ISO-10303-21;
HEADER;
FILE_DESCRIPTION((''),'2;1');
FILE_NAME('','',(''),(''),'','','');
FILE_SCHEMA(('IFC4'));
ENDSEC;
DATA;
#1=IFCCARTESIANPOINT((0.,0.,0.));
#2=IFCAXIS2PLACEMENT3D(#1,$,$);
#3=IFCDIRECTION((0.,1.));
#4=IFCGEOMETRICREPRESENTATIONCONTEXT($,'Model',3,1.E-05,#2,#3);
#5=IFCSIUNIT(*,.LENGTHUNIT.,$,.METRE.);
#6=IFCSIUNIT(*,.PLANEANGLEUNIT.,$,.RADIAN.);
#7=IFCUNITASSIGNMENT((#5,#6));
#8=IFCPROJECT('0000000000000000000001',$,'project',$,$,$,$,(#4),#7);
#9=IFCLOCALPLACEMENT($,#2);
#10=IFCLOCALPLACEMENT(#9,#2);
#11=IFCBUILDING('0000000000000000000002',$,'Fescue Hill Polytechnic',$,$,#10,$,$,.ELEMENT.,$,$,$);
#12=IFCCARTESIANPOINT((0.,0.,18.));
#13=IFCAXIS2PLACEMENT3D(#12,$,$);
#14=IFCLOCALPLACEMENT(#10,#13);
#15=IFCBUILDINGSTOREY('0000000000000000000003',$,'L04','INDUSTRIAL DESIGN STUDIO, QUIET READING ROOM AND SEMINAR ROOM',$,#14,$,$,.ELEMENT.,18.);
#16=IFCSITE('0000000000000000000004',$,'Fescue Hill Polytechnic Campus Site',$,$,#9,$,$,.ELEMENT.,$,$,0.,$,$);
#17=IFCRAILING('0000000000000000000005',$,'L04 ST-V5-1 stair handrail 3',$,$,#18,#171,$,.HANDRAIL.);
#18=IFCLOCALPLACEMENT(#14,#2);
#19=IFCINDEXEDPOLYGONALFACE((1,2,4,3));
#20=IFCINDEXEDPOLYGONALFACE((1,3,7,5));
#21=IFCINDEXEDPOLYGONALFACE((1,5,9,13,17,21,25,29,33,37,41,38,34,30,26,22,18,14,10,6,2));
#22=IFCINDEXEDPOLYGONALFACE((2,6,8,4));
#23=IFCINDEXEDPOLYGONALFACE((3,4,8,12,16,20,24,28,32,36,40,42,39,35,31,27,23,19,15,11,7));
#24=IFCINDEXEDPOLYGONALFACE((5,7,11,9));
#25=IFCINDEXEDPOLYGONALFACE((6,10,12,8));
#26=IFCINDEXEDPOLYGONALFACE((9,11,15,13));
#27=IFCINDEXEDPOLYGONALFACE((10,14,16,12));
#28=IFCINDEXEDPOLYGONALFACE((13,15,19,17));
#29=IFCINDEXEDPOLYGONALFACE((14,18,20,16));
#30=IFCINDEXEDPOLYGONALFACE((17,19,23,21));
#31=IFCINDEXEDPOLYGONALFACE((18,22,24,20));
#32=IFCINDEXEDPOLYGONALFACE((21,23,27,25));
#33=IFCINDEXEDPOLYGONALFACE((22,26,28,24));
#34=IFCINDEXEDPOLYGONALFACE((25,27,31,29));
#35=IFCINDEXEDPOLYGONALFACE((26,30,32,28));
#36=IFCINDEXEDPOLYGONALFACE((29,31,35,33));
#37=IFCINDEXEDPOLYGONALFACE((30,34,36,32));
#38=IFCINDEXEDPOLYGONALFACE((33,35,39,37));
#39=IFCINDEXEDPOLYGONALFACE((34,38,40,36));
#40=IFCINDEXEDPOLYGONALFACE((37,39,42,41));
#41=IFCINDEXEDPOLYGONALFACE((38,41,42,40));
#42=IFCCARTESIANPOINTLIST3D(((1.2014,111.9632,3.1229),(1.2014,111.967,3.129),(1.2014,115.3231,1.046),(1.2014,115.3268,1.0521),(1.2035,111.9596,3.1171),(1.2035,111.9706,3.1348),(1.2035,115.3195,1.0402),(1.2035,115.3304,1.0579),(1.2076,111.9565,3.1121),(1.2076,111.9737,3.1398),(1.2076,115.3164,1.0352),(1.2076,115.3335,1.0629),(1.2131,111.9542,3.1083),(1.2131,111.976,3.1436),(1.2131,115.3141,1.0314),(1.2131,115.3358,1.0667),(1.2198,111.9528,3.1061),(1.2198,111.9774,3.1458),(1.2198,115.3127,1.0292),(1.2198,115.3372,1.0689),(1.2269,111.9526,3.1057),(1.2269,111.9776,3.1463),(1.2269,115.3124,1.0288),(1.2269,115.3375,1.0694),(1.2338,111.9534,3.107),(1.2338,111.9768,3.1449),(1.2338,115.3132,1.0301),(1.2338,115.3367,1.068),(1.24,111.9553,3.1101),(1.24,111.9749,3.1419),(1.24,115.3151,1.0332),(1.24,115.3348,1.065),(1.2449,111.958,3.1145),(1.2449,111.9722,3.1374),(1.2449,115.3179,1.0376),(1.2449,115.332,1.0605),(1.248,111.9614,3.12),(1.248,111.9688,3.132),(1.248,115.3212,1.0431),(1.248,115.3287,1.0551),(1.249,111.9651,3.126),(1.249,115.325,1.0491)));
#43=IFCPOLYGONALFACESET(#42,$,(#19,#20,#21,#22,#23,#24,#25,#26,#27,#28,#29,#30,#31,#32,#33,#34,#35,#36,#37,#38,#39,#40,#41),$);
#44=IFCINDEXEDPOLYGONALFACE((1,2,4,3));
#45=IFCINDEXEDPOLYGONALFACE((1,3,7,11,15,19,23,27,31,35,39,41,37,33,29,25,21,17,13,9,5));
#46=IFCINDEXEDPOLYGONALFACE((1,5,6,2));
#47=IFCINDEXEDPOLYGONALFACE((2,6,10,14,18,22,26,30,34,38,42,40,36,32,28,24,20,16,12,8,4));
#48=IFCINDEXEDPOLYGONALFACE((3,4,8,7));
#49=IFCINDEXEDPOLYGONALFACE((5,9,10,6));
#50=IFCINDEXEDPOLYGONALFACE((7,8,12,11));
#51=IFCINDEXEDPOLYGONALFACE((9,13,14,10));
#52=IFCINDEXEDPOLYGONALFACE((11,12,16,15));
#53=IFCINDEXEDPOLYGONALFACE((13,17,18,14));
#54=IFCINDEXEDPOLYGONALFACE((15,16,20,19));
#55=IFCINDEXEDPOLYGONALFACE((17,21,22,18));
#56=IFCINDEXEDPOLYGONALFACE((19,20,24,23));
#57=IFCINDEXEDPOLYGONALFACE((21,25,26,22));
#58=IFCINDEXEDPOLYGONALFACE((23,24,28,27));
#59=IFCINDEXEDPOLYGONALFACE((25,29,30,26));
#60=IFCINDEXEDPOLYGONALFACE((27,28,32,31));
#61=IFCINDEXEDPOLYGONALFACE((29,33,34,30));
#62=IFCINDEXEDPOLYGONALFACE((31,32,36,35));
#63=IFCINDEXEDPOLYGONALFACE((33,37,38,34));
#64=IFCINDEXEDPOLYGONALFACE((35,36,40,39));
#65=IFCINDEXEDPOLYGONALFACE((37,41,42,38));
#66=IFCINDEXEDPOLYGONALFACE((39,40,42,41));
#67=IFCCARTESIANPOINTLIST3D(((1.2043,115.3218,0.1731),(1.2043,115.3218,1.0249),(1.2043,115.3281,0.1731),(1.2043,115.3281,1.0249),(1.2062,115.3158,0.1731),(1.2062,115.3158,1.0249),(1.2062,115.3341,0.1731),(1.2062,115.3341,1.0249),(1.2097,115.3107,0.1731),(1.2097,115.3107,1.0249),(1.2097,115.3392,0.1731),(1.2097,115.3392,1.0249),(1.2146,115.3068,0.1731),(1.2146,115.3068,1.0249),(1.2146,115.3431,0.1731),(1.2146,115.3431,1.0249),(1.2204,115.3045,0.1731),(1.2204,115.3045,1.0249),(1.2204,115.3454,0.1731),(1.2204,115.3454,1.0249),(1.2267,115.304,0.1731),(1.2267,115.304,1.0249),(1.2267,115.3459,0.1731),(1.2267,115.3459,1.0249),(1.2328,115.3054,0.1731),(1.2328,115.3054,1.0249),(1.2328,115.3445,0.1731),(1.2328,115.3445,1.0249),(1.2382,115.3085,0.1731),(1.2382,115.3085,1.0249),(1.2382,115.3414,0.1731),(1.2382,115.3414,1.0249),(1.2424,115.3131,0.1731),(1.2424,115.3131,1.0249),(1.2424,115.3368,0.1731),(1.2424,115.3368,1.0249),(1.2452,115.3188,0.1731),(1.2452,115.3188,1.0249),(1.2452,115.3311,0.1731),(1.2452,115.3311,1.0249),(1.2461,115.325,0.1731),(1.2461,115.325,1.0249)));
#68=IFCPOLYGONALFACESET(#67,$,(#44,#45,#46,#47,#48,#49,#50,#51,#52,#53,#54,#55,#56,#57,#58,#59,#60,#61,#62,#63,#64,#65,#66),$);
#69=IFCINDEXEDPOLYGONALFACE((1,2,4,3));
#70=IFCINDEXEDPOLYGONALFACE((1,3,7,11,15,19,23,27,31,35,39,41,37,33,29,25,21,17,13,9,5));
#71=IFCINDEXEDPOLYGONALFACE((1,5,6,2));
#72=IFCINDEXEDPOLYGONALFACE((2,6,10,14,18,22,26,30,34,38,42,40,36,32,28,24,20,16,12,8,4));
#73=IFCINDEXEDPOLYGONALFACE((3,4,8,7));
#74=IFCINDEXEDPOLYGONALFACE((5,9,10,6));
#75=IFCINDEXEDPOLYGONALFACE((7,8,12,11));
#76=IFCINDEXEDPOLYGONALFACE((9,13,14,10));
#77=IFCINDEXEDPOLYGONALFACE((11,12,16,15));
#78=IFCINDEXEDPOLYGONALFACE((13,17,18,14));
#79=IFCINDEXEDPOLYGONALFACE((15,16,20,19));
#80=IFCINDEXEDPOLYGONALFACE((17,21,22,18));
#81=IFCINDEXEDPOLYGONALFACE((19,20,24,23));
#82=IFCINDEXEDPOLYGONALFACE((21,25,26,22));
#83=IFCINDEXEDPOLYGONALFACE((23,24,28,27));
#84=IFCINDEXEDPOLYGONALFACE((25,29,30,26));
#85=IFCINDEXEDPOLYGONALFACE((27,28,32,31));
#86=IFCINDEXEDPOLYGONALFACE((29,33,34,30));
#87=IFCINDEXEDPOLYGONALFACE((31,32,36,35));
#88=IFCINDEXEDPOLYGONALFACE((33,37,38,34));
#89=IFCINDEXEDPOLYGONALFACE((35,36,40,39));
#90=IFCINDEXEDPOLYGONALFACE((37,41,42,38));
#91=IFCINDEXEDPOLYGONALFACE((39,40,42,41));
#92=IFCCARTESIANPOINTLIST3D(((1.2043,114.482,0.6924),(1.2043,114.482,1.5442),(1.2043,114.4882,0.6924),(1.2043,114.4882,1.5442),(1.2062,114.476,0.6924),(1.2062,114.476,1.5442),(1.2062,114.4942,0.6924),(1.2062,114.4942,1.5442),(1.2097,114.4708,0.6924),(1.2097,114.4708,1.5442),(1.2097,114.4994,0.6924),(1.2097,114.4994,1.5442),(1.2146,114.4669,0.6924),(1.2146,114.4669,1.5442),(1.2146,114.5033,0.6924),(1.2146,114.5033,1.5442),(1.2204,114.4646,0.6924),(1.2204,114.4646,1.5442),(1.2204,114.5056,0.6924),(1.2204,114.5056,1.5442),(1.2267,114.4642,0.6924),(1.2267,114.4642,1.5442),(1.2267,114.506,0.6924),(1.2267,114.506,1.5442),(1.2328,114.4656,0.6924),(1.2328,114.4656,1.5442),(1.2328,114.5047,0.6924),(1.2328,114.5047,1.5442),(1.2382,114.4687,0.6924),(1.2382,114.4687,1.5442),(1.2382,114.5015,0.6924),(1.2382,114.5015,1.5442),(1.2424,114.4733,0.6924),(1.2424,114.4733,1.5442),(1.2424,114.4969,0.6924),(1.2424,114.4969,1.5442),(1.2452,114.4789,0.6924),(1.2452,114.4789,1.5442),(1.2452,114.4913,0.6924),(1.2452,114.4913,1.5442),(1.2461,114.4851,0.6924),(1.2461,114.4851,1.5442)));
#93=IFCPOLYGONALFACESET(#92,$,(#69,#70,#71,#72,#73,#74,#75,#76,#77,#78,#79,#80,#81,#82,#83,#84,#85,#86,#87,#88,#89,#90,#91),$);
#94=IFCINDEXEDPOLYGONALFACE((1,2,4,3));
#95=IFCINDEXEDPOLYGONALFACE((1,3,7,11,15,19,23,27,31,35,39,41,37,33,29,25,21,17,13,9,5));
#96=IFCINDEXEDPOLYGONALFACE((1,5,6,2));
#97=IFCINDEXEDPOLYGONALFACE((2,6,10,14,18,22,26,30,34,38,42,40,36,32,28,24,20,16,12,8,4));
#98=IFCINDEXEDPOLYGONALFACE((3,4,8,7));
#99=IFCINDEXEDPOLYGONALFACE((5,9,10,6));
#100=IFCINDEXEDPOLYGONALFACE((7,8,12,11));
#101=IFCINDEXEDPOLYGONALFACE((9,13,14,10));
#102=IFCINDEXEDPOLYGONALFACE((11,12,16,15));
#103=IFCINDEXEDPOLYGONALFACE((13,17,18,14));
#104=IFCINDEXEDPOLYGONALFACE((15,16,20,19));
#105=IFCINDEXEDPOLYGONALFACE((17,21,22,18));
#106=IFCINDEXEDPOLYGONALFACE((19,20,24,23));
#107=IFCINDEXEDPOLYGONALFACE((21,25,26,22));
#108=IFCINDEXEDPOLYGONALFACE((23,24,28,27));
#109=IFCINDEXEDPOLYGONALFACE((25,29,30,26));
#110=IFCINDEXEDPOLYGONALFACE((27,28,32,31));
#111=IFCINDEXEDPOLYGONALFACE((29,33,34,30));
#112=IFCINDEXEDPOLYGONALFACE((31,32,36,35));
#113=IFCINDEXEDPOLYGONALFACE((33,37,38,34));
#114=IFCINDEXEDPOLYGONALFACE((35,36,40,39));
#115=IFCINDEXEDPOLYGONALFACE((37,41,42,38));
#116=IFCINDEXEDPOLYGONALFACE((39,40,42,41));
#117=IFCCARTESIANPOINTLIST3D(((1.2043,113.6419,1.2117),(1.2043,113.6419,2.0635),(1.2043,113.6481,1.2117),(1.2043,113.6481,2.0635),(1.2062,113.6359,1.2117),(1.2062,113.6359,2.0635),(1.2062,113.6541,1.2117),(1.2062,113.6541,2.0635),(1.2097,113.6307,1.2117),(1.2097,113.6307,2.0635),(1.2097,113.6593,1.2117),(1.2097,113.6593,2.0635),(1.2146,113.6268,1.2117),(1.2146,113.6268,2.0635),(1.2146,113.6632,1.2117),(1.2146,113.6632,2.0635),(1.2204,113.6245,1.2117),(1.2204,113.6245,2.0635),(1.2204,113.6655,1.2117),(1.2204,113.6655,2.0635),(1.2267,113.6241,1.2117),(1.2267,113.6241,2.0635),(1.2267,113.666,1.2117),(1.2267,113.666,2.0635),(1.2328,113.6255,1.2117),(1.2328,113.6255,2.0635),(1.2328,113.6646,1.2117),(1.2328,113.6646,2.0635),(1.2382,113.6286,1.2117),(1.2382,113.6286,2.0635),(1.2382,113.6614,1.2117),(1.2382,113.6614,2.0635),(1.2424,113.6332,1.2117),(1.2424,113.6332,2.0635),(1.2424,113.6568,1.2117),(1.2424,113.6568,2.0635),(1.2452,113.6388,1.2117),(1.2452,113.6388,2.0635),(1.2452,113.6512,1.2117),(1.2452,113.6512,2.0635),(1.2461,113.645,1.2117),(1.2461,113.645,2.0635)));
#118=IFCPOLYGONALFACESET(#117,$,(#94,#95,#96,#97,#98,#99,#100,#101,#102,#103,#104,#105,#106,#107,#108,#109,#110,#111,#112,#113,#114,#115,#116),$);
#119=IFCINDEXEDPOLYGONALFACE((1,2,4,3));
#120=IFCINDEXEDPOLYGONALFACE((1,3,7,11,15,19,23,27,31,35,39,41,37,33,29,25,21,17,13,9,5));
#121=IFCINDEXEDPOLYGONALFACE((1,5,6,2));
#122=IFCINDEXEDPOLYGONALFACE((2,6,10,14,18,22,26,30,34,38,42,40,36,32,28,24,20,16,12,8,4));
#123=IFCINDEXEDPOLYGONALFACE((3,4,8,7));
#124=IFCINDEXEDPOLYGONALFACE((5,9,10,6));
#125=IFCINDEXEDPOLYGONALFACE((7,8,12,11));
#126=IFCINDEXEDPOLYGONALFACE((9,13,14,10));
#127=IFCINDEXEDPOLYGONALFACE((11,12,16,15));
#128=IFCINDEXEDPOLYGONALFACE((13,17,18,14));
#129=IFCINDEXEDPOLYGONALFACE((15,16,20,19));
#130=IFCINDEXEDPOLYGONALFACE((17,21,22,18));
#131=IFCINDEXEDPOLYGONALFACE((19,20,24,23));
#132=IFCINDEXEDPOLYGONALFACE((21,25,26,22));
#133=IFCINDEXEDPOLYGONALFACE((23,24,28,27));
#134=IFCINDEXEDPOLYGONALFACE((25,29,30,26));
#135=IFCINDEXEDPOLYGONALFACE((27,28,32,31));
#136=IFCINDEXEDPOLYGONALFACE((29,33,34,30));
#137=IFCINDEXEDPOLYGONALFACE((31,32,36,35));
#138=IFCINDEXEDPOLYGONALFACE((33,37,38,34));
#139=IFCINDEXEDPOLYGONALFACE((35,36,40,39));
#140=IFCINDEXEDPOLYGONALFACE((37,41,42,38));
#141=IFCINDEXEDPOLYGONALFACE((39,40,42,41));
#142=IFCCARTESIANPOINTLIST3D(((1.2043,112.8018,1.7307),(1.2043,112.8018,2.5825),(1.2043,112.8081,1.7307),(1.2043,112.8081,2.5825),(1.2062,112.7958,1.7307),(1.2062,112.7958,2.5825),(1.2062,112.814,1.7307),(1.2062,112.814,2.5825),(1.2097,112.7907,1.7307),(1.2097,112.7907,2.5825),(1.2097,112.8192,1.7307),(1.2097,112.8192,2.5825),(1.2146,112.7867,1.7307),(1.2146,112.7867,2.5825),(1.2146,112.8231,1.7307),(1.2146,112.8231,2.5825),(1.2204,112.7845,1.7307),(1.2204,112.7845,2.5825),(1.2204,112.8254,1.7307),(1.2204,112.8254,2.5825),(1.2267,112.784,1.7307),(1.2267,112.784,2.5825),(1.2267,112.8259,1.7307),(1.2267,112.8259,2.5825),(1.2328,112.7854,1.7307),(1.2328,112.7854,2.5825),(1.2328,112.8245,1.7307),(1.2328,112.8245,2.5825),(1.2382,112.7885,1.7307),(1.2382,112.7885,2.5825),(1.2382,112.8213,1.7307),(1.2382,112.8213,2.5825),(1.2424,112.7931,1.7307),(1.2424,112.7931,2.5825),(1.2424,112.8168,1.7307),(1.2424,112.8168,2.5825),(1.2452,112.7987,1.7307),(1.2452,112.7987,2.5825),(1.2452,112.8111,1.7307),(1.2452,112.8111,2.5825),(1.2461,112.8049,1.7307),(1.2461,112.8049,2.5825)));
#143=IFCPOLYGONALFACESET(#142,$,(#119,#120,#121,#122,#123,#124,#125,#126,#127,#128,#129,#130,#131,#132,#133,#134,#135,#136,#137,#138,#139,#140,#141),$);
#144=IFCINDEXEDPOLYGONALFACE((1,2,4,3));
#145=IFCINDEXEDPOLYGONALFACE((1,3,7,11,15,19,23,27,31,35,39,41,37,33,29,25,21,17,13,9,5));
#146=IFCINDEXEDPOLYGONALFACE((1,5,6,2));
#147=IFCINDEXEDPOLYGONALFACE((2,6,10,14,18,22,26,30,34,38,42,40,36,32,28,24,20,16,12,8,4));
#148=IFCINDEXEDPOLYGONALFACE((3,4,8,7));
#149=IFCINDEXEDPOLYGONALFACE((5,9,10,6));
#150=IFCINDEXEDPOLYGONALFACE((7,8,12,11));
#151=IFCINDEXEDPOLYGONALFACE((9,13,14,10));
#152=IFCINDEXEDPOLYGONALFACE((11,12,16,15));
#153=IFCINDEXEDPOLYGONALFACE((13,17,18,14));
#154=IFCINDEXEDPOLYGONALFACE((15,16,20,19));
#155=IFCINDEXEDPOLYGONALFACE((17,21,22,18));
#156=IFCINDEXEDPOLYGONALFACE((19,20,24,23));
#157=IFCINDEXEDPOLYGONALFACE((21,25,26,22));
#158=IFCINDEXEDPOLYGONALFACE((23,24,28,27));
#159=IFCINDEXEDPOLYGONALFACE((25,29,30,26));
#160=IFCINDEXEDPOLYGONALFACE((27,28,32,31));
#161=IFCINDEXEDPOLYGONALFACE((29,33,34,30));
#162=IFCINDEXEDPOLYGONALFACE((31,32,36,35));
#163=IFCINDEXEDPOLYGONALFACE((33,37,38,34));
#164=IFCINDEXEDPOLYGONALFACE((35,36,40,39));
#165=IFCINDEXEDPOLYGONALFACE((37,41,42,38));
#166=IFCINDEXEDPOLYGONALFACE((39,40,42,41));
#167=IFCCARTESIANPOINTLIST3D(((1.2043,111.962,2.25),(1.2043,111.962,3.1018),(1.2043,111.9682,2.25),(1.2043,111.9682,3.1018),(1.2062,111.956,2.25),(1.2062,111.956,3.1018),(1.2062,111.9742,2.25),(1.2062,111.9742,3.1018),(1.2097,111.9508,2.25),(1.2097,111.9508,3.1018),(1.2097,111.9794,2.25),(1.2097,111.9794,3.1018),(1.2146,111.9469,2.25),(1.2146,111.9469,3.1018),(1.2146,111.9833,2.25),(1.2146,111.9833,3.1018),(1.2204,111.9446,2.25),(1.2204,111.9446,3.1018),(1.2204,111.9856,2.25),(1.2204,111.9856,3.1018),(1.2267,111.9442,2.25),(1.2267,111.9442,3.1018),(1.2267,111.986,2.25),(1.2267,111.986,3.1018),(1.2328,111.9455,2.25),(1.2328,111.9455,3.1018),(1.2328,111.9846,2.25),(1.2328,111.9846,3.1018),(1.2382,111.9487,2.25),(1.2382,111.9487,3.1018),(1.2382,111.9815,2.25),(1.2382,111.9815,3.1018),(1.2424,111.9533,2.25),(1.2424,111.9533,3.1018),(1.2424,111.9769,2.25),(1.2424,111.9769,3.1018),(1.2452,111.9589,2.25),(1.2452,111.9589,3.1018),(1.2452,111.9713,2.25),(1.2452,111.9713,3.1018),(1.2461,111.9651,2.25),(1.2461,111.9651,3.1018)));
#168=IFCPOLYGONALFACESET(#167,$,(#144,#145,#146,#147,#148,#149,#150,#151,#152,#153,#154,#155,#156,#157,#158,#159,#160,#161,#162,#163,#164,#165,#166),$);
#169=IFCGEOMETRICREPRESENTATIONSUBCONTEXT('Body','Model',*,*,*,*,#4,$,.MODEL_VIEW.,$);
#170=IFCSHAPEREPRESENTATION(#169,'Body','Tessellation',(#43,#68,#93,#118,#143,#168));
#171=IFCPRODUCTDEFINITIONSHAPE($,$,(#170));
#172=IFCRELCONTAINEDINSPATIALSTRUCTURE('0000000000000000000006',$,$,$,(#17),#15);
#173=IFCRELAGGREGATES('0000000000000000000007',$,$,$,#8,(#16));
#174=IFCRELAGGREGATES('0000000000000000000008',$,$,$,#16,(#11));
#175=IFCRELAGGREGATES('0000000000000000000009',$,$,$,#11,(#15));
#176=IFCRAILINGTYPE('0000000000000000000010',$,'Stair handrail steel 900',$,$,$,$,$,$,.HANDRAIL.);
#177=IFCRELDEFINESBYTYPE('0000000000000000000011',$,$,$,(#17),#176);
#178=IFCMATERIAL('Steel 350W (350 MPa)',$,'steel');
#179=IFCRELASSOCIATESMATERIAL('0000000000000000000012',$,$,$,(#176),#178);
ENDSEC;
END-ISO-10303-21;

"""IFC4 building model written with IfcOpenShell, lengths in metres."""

from ifc_helpers import new_model, si_unit, direction, frame, origin, origin_2d, place, context, subcontext, project, spatial, circle, extrude, material, type_object, element, save


model = new_model("IFC4")

# Units and contexts
model_context = context("Model", 3, precision=1e-05, world=origin(), true_north=direction((0.0, 1.0)))
body_context = subcontext(model_context, "Body", "Model", "MODEL_VIEW")
ifc_project = project(units=[si_unit("LENGTHUNIT", "METRE"), si_unit("PLANEANGLEUNIT", "RADIAN")], contexts=[model_context])

# Site, building, storey
site_placement = place(None, origin())
site = spatial("IfcSite", under=ifc_project, at=site_placement, Name="Fescue Hill Polytechnic Campus Site", CompositionType="ELEMENT", RefElevation=0.0)
building_placement = place(site_placement, origin())
building = spatial("IfcBuilding", under=site, at=building_placement, Name="Fescue Hill Polytechnic", CompositionType="ELEMENT")
storey_placement = place(building_placement, frame((0.0, 0.0, 18.0)))
storey = spatial("IfcBuildingStorey", under=building, at=storey_placement, Name="L04", Description="INDUSTRIAL DESIGN STUDIO, QUIET READING ROOM AND SEMINAR ROOM", CompositionType="ELEMENT", Elevation=18.0)

# Railing
ifc_material_1 = material(Name="Steel 350W (350 MPa)", Category="steel")
railing_type_1 = type_object("IfcRailingType", Name="Stair handrail steel 900", PredefinedType="HANDRAIL", material=ifc_material_1)
for number, where, name in (
    (1, (1.2251, 115.325, 0.1731), "L04 ST-V5-1 stair handrail 3"),
):
    element("IfcRailing", number, at=place(storey_placement, frame(where)), inside=storey, type_object=railing_type_1, Name=name, PredefinedType="HANDRAIL", context=body_context, shape_type="SweptSolid", body=[
        extrude(circle(Radius=0.0239, at=origin_2d()), frame((0.0, 0.0, 0.876), z_axis=(0.0, -0.850606, 0.525803), x_axis=(1.0, 0.0, 0.0)), (0.0, 0.0, 1.0), 3.95),
        extrude(circle(Radius=0.021, at=origin_2d()), origin(), (0.0, 0.0, 1.0), 0.8518),
        extrude(circle(Radius=0.021, at=origin_2d()), frame((0.0, -0.8398, 0.5193)), (0.0, 0.0, 1.0), 0.8518),
        extrude(circle(Radius=0.021, at=origin_2d()), frame((0.0, -1.6799, 1.0386)), (0.0, 0.0, 1.0), 0.8518),
        extrude(circle(Radius=0.021, at=origin_2d()), frame((0.0, -2.52, 1.5576)), (0.0, 0.0, 1.0), 0.8518),
        extrude(circle(Radius=0.021, at=origin_2d()), frame((0.0, -3.3599, 2.0769)), (0.0, 0.0, 1.0), 0.8518),
    ])

save(model, "model.ifc")
